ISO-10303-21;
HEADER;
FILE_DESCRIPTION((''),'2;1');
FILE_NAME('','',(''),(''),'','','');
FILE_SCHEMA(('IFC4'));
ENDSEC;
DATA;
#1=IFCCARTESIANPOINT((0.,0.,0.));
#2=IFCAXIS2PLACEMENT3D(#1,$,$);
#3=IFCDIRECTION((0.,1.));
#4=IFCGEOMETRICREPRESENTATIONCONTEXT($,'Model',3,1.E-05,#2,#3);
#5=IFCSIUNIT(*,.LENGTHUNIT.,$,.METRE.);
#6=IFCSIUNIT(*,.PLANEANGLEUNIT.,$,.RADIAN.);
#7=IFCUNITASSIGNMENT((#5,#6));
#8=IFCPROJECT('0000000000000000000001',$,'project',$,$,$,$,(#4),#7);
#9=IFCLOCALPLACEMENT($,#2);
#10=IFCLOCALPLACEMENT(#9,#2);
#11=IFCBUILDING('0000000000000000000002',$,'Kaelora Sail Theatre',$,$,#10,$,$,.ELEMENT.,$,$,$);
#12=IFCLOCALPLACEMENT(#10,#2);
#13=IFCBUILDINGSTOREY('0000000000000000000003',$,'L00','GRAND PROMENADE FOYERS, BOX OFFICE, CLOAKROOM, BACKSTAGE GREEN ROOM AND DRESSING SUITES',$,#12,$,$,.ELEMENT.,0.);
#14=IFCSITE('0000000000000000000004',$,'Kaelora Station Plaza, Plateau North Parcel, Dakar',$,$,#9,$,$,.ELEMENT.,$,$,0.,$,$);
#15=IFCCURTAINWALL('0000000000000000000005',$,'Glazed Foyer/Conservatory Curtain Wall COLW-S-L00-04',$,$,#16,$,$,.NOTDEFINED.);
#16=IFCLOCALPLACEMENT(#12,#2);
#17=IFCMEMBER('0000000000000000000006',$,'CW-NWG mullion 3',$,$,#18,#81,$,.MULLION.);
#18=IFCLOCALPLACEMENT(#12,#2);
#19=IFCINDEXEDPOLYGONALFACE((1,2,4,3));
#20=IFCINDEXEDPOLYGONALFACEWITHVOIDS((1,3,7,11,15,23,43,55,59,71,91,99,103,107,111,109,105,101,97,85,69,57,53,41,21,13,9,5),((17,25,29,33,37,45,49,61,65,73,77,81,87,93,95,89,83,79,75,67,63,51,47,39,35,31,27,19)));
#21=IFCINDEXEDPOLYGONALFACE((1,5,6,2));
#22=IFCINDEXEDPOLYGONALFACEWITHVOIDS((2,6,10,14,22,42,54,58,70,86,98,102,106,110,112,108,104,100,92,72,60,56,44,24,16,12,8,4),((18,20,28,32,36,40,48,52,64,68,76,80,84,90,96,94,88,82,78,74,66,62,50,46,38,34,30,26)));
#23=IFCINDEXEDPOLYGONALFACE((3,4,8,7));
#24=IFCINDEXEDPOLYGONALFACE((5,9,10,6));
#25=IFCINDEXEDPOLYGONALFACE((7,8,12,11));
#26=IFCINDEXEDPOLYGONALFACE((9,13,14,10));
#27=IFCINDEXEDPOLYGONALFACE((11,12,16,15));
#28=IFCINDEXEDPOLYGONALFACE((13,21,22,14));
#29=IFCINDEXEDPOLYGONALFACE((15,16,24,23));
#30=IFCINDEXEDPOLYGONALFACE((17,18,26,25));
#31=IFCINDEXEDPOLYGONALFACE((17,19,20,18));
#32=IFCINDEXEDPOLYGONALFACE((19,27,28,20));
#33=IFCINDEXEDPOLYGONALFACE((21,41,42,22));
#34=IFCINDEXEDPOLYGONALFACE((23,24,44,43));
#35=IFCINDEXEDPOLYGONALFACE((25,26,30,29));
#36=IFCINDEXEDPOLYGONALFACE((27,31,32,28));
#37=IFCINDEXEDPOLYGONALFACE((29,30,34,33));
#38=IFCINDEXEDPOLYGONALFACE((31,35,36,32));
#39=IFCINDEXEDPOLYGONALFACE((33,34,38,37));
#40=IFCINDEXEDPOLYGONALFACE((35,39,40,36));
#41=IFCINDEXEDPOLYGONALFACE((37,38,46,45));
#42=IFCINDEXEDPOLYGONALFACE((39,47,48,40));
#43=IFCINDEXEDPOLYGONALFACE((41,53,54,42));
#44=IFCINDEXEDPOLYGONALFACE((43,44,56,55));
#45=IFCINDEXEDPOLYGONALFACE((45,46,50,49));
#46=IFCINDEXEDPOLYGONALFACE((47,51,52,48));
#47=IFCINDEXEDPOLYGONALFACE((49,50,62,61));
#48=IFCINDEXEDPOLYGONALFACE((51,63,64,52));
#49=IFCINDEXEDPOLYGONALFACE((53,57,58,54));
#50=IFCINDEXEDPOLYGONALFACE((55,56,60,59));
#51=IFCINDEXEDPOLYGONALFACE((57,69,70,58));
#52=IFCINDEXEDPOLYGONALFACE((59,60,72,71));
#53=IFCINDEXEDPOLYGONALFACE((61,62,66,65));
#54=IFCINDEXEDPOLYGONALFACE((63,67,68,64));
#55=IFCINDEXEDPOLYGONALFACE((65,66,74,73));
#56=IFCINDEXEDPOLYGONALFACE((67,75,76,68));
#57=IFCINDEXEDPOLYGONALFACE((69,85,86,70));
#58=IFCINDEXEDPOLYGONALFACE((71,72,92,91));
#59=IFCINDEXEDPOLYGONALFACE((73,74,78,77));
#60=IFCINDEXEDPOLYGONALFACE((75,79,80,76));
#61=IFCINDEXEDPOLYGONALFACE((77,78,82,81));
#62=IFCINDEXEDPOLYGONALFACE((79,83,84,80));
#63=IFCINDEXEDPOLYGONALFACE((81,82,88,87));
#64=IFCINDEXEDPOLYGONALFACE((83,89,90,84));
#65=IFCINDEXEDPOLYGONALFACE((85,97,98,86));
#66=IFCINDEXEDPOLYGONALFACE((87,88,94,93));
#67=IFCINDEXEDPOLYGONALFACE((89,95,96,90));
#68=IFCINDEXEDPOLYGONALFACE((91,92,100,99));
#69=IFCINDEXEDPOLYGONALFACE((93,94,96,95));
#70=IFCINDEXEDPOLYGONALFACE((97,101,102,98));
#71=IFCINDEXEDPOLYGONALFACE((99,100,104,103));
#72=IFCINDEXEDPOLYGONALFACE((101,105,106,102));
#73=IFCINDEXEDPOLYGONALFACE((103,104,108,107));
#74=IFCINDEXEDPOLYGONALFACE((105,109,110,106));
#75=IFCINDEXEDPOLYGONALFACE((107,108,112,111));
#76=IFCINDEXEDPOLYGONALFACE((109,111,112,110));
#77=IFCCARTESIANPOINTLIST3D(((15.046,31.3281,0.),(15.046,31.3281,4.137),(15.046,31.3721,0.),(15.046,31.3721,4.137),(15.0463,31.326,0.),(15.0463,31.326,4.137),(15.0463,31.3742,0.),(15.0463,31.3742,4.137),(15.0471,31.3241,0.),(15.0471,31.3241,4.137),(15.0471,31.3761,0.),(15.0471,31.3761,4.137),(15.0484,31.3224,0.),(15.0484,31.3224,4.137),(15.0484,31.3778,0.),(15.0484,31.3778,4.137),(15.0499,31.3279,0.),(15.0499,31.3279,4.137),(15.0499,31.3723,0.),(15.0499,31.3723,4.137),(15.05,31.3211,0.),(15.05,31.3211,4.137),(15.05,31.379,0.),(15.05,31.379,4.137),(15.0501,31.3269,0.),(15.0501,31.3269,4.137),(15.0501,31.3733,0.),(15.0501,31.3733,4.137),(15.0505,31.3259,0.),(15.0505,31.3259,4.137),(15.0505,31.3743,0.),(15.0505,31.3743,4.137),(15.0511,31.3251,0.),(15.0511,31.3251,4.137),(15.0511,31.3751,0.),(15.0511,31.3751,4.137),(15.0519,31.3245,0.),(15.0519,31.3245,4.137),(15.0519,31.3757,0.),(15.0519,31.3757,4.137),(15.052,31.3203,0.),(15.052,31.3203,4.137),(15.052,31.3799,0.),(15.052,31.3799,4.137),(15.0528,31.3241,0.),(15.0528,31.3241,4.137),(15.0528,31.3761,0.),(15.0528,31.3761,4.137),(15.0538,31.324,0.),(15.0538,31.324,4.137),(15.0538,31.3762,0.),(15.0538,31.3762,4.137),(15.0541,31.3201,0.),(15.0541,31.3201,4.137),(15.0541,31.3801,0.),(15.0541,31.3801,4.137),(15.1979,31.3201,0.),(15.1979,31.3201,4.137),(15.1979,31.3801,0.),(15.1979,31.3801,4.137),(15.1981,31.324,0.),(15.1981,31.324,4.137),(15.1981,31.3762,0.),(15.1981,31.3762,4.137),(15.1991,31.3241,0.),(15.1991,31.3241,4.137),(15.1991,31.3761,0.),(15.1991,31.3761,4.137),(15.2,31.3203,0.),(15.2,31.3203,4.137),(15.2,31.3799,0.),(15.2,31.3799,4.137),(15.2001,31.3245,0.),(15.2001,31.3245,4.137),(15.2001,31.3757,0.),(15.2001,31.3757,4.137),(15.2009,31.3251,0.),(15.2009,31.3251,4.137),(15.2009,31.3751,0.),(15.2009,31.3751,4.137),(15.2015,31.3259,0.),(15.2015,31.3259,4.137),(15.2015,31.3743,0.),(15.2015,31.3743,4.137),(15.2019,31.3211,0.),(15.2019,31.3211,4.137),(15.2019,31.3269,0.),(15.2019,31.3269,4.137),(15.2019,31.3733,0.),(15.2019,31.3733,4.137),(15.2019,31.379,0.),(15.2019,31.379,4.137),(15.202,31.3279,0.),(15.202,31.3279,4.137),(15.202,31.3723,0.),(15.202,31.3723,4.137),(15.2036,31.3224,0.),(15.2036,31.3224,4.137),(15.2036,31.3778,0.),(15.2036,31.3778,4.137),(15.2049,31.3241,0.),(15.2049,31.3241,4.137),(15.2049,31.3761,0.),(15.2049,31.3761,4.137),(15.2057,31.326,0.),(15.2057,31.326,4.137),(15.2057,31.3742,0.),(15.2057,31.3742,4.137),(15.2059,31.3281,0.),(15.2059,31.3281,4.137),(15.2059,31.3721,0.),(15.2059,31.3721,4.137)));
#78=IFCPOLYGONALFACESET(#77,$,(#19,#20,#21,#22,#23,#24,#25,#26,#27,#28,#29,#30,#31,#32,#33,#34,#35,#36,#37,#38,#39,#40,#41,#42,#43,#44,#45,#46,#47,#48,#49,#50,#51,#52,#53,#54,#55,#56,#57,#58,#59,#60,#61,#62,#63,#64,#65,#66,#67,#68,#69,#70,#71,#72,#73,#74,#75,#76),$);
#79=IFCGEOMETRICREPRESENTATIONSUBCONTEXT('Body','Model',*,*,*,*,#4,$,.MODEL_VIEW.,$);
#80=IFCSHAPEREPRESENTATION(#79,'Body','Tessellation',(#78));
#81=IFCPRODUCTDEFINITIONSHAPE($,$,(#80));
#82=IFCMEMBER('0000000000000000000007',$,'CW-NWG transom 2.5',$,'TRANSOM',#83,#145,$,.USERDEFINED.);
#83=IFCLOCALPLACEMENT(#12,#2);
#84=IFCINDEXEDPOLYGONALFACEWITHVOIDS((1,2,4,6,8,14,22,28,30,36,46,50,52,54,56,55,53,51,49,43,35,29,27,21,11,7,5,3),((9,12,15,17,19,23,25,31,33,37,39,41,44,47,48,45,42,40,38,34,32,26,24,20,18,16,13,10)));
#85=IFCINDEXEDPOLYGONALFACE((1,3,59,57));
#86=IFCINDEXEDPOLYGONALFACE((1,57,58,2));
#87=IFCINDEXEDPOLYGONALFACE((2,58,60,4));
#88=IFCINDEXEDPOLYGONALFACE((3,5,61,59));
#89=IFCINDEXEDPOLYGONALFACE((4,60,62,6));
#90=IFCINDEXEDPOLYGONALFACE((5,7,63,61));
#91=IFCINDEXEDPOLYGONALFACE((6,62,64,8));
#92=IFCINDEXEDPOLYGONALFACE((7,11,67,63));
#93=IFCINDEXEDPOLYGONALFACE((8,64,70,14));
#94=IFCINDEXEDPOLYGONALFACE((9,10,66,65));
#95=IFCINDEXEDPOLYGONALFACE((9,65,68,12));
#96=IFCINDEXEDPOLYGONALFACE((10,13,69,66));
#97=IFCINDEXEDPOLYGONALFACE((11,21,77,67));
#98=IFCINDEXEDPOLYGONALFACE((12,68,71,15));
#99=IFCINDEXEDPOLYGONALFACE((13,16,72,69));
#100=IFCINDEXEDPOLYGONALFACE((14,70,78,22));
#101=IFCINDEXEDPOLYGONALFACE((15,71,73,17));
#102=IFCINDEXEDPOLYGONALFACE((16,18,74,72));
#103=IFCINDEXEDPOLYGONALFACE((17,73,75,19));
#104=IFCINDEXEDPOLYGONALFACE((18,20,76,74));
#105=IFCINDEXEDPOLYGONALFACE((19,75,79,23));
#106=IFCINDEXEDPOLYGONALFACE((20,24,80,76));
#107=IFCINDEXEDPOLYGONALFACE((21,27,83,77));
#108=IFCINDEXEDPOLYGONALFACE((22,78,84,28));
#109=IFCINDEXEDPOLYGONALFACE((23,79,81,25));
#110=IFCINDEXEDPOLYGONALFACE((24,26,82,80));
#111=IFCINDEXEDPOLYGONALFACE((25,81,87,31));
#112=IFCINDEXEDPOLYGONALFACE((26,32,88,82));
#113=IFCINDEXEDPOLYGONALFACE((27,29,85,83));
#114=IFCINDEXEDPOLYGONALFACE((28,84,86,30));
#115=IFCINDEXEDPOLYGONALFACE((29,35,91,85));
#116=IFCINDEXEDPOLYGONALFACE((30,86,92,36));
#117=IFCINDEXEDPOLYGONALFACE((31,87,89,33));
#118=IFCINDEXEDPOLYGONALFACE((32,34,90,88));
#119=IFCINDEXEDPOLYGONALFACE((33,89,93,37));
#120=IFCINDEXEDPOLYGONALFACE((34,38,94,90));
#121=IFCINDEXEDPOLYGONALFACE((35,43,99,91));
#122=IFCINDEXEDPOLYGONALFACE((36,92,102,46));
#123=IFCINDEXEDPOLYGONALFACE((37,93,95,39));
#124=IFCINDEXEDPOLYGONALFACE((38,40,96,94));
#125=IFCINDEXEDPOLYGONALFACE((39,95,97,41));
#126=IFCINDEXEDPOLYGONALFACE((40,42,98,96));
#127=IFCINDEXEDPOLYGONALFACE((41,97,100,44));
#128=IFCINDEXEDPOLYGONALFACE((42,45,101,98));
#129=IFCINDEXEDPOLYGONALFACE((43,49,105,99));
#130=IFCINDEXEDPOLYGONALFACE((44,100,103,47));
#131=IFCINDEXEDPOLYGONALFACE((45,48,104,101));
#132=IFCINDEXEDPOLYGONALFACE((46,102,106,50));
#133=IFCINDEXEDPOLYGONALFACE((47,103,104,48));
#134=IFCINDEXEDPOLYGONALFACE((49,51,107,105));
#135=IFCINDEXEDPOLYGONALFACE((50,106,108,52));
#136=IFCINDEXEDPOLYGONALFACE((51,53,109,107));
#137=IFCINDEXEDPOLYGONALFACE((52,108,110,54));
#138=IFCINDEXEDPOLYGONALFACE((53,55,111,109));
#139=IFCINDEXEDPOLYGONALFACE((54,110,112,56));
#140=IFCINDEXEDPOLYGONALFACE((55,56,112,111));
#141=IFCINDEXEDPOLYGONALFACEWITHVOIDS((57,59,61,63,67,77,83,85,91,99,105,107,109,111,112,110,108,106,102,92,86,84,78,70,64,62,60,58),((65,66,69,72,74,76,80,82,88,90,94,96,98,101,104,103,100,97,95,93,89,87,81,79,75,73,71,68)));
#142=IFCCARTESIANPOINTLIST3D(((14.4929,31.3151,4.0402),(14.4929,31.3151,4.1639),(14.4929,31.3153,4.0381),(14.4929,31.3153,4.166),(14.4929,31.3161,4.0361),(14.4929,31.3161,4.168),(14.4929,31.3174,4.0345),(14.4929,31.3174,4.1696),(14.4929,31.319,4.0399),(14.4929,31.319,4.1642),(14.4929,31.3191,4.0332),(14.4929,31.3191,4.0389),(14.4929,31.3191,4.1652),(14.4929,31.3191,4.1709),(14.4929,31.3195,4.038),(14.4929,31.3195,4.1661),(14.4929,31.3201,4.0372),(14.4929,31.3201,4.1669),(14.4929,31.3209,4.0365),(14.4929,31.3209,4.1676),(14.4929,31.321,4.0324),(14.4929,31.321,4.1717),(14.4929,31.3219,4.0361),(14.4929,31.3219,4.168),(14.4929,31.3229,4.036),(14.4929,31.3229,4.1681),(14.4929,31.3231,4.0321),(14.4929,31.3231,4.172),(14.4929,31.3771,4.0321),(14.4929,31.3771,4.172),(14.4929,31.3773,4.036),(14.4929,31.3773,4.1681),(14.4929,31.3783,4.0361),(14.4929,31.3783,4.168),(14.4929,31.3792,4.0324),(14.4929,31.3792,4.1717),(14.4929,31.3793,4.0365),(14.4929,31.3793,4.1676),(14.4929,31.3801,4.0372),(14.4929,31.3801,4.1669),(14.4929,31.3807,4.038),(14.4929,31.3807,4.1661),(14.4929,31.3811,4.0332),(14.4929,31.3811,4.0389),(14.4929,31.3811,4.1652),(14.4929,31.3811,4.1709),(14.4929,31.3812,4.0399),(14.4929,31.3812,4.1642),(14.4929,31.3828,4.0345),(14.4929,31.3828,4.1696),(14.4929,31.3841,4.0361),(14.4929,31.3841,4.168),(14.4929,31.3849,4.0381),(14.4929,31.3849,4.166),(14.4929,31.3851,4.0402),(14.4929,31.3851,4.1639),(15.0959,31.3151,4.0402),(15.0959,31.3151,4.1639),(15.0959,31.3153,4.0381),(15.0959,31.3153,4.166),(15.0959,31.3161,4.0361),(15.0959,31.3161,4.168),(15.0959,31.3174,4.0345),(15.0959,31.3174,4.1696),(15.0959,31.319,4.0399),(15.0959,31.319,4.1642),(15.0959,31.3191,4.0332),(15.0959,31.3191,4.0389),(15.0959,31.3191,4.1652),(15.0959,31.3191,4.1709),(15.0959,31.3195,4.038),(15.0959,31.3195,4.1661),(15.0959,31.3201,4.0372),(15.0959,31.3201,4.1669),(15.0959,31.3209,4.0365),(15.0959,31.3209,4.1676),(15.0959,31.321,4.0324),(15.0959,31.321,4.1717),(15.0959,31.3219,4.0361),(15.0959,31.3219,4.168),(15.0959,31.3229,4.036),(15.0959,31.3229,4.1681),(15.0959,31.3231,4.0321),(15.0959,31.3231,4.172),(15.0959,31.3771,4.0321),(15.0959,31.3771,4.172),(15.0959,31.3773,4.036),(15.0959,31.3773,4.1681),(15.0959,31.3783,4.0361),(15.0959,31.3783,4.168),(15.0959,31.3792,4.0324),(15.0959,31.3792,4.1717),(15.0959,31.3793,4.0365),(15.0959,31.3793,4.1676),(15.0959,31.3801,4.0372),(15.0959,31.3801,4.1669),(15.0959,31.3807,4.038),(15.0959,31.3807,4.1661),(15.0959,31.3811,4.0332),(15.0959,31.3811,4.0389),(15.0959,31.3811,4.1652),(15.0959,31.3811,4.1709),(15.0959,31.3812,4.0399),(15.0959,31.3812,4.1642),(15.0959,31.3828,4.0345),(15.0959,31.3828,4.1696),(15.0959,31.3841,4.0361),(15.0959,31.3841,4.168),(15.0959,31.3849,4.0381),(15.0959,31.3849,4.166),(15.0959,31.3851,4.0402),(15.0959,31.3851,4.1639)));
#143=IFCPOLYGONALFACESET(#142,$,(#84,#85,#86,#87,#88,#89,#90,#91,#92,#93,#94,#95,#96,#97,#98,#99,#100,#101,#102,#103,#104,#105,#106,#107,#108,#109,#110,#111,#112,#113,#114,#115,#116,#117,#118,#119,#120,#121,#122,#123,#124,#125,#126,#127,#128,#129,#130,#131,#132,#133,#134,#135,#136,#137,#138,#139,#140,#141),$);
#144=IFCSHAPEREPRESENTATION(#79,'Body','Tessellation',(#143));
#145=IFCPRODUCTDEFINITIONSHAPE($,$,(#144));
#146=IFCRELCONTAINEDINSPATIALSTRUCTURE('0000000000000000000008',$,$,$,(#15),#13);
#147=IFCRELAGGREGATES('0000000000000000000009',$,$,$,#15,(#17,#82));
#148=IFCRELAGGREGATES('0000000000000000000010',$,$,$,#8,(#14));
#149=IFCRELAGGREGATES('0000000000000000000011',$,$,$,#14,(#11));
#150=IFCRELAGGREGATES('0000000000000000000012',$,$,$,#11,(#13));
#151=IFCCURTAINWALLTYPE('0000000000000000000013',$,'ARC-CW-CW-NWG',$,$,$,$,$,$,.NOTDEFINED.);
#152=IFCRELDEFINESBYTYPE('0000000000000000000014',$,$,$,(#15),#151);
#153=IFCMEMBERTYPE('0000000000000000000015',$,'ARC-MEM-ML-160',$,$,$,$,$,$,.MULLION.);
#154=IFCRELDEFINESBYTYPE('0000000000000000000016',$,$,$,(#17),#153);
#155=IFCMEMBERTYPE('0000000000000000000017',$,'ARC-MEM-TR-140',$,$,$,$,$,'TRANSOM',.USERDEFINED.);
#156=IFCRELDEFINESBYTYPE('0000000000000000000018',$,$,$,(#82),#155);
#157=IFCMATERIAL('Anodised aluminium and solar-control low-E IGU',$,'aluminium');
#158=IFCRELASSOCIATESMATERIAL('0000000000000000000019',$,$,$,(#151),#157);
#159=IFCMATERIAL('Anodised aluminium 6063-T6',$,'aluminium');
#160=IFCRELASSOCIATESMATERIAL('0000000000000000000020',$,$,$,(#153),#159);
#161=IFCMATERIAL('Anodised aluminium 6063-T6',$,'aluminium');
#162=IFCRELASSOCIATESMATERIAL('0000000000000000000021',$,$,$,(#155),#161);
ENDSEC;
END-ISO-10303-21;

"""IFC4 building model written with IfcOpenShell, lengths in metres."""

from ifc_helpers import new_model, si_unit, direction, frame, origin, origin_2d, place, context, subcontext, project, spatial, hollow_rectangle, extrude, material, material_profile, profile_set, type_object, element, aggregate, save


model = new_model("IFC4")

# Units and contexts
model_context = context("Model", 3, precision=1e-05, world=origin(), true_north=direction((0.0, 1.0)))
body_context = subcontext(model_context, "Body", "Model", "MODEL_VIEW")
ifc_project = project(units=[si_unit("LENGTHUNIT", "METRE"), si_unit("PLANEANGLEUNIT", "RADIAN")], contexts=[model_context])

# Site, building, storey
site_placement = place(None, origin())
site = spatial("IfcSite", under=ifc_project, at=site_placement, Name="Kaelora Station Plaza, Plateau North Parcel, Dakar", CompositionType="ELEMENT", RefElevation=0.0)
building_placement = place(site_placement, origin())
building = spatial("IfcBuilding", under=site, at=building_placement, Name="Kaelora Sail Theatre", CompositionType="ELEMENT")
storey_placement = place(building_placement, origin())
storey = spatial("IfcBuildingStorey", under=building, at=storey_placement, Name="L00", Description="GRAND PROMENADE FOYERS, BOX OFFICE, CLOAKROOM, BACKSTAGE GREEN ROOM AND DRESSING SUITES", CompositionType="ELEMENT", Elevation=0.0)

# Curtain wall, members
ifc_material_1 = material(Name="Anodised aluminium and solar-control low-E IGU", Category="aluminium")
curtain_wall_type = type_object("IfcCurtainWallType", Name="ARC-CW-CW-NWG", PredefinedType="NOTDEFINED", material=ifc_material_1)
curtain_wall_placement = place(storey_placement, origin())
curtain_wall = element("IfcCurtainWall", 1, at=curtain_wall_placement, inside=storey, type_object=curtain_wall_type, Name="Glazed Foyer/Conservatory Curtain Wall COLW-S-L00-04", PredefinedType="NOTDEFINED")
ifc_material_2 = material(Name="Anodised aluminium 6063-T6", Category="aluminium")
ifc_material_profile_1 = material_profile(ifc_material_2, hollow_rectangle(XDim=0.0601, YDim=0.1599, WallThickness=0.0039, InnerFilletRadius=0.0039, OuterFilletRadius=0.0081, at=origin_2d()), Name="ALU-MULL 60x160x4")
ifc_profile_set_1 = profile_set([ifc_material_profile_1], Name="Anodised aluminium 6063-T6")
member_type_1 = type_object("IfcMemberType", Name="ARC-MEM-ML-160", PredefinedType="MULLION", material=ifc_profile_set_1)
member_1_placement = place(storey_placement, frame((15.126, 31.3501, 0.0), z_axis=(0.0, 0.0, 1.0), x_axis=(0.0, 1.0, 0.0)))
member_1 = element("IfcMember", 2, at=member_1_placement, type_object=member_type_1, Name="CW-NWG mullion 3", PredefinedType="MULLION", context=body_context, shape_type="SweptSolid", body=[
    extrude(hollow_rectangle(XDim=0.0601, YDim=0.1599, WallThickness=0.0039, InnerFilletRadius=0.0039, OuterFilletRadius=0.0081, at=origin_2d()), origin(), (0.0, 0.0, 1.0), 4.137),
])
ifc_material_3 = material(Name="Anodised aluminium 6063-T6", Category="aluminium")
ifc_material_profile_2 = material_profile(ifc_material_3, hollow_rectangle(XDim=0.0701, YDim=0.1399, WallThickness=0.0039, InnerFilletRadius=0.0039, OuterFilletRadius=0.0081, at=origin_2d()), Name="ALU-TRAN 70x140x4")
ifc_profile_set_2 = profile_set([ifc_material_profile_2], Name="Anodised aluminium 6063-T6")
member_type_2 = type_object("IfcMemberType", Name="ARC-MEM-TR-140", ElementType="TRANSOM", PredefinedType="USERDEFINED", material=ifc_profile_set_2)
member_2_placement = place(storey_placement, frame((14.4929, 31.3501, 4.1021), z_axis=(1.0, 0.0, 0.0), x_axis=(0.0, 1.0, 0.0)))
member_2 = element("IfcMember", 3, at=member_2_placement, type_object=member_type_2, Name="CW-NWG transom 2.5", ObjectType="TRANSOM", PredefinedType="USERDEFINED", context=body_context, shape_type="SweptSolid", body=[
    extrude(hollow_rectangle(XDim=0.0701, YDim=0.1399, WallThickness=0.0039, InnerFilletRadius=0.0039, OuterFilletRadius=0.0081, at=origin_2d()), origin(), (0.0, 0.0, 1.0), 0.603),
])

aggregate(curtain_wall, [member_1, member_2])

save(model, "model.ifc")
